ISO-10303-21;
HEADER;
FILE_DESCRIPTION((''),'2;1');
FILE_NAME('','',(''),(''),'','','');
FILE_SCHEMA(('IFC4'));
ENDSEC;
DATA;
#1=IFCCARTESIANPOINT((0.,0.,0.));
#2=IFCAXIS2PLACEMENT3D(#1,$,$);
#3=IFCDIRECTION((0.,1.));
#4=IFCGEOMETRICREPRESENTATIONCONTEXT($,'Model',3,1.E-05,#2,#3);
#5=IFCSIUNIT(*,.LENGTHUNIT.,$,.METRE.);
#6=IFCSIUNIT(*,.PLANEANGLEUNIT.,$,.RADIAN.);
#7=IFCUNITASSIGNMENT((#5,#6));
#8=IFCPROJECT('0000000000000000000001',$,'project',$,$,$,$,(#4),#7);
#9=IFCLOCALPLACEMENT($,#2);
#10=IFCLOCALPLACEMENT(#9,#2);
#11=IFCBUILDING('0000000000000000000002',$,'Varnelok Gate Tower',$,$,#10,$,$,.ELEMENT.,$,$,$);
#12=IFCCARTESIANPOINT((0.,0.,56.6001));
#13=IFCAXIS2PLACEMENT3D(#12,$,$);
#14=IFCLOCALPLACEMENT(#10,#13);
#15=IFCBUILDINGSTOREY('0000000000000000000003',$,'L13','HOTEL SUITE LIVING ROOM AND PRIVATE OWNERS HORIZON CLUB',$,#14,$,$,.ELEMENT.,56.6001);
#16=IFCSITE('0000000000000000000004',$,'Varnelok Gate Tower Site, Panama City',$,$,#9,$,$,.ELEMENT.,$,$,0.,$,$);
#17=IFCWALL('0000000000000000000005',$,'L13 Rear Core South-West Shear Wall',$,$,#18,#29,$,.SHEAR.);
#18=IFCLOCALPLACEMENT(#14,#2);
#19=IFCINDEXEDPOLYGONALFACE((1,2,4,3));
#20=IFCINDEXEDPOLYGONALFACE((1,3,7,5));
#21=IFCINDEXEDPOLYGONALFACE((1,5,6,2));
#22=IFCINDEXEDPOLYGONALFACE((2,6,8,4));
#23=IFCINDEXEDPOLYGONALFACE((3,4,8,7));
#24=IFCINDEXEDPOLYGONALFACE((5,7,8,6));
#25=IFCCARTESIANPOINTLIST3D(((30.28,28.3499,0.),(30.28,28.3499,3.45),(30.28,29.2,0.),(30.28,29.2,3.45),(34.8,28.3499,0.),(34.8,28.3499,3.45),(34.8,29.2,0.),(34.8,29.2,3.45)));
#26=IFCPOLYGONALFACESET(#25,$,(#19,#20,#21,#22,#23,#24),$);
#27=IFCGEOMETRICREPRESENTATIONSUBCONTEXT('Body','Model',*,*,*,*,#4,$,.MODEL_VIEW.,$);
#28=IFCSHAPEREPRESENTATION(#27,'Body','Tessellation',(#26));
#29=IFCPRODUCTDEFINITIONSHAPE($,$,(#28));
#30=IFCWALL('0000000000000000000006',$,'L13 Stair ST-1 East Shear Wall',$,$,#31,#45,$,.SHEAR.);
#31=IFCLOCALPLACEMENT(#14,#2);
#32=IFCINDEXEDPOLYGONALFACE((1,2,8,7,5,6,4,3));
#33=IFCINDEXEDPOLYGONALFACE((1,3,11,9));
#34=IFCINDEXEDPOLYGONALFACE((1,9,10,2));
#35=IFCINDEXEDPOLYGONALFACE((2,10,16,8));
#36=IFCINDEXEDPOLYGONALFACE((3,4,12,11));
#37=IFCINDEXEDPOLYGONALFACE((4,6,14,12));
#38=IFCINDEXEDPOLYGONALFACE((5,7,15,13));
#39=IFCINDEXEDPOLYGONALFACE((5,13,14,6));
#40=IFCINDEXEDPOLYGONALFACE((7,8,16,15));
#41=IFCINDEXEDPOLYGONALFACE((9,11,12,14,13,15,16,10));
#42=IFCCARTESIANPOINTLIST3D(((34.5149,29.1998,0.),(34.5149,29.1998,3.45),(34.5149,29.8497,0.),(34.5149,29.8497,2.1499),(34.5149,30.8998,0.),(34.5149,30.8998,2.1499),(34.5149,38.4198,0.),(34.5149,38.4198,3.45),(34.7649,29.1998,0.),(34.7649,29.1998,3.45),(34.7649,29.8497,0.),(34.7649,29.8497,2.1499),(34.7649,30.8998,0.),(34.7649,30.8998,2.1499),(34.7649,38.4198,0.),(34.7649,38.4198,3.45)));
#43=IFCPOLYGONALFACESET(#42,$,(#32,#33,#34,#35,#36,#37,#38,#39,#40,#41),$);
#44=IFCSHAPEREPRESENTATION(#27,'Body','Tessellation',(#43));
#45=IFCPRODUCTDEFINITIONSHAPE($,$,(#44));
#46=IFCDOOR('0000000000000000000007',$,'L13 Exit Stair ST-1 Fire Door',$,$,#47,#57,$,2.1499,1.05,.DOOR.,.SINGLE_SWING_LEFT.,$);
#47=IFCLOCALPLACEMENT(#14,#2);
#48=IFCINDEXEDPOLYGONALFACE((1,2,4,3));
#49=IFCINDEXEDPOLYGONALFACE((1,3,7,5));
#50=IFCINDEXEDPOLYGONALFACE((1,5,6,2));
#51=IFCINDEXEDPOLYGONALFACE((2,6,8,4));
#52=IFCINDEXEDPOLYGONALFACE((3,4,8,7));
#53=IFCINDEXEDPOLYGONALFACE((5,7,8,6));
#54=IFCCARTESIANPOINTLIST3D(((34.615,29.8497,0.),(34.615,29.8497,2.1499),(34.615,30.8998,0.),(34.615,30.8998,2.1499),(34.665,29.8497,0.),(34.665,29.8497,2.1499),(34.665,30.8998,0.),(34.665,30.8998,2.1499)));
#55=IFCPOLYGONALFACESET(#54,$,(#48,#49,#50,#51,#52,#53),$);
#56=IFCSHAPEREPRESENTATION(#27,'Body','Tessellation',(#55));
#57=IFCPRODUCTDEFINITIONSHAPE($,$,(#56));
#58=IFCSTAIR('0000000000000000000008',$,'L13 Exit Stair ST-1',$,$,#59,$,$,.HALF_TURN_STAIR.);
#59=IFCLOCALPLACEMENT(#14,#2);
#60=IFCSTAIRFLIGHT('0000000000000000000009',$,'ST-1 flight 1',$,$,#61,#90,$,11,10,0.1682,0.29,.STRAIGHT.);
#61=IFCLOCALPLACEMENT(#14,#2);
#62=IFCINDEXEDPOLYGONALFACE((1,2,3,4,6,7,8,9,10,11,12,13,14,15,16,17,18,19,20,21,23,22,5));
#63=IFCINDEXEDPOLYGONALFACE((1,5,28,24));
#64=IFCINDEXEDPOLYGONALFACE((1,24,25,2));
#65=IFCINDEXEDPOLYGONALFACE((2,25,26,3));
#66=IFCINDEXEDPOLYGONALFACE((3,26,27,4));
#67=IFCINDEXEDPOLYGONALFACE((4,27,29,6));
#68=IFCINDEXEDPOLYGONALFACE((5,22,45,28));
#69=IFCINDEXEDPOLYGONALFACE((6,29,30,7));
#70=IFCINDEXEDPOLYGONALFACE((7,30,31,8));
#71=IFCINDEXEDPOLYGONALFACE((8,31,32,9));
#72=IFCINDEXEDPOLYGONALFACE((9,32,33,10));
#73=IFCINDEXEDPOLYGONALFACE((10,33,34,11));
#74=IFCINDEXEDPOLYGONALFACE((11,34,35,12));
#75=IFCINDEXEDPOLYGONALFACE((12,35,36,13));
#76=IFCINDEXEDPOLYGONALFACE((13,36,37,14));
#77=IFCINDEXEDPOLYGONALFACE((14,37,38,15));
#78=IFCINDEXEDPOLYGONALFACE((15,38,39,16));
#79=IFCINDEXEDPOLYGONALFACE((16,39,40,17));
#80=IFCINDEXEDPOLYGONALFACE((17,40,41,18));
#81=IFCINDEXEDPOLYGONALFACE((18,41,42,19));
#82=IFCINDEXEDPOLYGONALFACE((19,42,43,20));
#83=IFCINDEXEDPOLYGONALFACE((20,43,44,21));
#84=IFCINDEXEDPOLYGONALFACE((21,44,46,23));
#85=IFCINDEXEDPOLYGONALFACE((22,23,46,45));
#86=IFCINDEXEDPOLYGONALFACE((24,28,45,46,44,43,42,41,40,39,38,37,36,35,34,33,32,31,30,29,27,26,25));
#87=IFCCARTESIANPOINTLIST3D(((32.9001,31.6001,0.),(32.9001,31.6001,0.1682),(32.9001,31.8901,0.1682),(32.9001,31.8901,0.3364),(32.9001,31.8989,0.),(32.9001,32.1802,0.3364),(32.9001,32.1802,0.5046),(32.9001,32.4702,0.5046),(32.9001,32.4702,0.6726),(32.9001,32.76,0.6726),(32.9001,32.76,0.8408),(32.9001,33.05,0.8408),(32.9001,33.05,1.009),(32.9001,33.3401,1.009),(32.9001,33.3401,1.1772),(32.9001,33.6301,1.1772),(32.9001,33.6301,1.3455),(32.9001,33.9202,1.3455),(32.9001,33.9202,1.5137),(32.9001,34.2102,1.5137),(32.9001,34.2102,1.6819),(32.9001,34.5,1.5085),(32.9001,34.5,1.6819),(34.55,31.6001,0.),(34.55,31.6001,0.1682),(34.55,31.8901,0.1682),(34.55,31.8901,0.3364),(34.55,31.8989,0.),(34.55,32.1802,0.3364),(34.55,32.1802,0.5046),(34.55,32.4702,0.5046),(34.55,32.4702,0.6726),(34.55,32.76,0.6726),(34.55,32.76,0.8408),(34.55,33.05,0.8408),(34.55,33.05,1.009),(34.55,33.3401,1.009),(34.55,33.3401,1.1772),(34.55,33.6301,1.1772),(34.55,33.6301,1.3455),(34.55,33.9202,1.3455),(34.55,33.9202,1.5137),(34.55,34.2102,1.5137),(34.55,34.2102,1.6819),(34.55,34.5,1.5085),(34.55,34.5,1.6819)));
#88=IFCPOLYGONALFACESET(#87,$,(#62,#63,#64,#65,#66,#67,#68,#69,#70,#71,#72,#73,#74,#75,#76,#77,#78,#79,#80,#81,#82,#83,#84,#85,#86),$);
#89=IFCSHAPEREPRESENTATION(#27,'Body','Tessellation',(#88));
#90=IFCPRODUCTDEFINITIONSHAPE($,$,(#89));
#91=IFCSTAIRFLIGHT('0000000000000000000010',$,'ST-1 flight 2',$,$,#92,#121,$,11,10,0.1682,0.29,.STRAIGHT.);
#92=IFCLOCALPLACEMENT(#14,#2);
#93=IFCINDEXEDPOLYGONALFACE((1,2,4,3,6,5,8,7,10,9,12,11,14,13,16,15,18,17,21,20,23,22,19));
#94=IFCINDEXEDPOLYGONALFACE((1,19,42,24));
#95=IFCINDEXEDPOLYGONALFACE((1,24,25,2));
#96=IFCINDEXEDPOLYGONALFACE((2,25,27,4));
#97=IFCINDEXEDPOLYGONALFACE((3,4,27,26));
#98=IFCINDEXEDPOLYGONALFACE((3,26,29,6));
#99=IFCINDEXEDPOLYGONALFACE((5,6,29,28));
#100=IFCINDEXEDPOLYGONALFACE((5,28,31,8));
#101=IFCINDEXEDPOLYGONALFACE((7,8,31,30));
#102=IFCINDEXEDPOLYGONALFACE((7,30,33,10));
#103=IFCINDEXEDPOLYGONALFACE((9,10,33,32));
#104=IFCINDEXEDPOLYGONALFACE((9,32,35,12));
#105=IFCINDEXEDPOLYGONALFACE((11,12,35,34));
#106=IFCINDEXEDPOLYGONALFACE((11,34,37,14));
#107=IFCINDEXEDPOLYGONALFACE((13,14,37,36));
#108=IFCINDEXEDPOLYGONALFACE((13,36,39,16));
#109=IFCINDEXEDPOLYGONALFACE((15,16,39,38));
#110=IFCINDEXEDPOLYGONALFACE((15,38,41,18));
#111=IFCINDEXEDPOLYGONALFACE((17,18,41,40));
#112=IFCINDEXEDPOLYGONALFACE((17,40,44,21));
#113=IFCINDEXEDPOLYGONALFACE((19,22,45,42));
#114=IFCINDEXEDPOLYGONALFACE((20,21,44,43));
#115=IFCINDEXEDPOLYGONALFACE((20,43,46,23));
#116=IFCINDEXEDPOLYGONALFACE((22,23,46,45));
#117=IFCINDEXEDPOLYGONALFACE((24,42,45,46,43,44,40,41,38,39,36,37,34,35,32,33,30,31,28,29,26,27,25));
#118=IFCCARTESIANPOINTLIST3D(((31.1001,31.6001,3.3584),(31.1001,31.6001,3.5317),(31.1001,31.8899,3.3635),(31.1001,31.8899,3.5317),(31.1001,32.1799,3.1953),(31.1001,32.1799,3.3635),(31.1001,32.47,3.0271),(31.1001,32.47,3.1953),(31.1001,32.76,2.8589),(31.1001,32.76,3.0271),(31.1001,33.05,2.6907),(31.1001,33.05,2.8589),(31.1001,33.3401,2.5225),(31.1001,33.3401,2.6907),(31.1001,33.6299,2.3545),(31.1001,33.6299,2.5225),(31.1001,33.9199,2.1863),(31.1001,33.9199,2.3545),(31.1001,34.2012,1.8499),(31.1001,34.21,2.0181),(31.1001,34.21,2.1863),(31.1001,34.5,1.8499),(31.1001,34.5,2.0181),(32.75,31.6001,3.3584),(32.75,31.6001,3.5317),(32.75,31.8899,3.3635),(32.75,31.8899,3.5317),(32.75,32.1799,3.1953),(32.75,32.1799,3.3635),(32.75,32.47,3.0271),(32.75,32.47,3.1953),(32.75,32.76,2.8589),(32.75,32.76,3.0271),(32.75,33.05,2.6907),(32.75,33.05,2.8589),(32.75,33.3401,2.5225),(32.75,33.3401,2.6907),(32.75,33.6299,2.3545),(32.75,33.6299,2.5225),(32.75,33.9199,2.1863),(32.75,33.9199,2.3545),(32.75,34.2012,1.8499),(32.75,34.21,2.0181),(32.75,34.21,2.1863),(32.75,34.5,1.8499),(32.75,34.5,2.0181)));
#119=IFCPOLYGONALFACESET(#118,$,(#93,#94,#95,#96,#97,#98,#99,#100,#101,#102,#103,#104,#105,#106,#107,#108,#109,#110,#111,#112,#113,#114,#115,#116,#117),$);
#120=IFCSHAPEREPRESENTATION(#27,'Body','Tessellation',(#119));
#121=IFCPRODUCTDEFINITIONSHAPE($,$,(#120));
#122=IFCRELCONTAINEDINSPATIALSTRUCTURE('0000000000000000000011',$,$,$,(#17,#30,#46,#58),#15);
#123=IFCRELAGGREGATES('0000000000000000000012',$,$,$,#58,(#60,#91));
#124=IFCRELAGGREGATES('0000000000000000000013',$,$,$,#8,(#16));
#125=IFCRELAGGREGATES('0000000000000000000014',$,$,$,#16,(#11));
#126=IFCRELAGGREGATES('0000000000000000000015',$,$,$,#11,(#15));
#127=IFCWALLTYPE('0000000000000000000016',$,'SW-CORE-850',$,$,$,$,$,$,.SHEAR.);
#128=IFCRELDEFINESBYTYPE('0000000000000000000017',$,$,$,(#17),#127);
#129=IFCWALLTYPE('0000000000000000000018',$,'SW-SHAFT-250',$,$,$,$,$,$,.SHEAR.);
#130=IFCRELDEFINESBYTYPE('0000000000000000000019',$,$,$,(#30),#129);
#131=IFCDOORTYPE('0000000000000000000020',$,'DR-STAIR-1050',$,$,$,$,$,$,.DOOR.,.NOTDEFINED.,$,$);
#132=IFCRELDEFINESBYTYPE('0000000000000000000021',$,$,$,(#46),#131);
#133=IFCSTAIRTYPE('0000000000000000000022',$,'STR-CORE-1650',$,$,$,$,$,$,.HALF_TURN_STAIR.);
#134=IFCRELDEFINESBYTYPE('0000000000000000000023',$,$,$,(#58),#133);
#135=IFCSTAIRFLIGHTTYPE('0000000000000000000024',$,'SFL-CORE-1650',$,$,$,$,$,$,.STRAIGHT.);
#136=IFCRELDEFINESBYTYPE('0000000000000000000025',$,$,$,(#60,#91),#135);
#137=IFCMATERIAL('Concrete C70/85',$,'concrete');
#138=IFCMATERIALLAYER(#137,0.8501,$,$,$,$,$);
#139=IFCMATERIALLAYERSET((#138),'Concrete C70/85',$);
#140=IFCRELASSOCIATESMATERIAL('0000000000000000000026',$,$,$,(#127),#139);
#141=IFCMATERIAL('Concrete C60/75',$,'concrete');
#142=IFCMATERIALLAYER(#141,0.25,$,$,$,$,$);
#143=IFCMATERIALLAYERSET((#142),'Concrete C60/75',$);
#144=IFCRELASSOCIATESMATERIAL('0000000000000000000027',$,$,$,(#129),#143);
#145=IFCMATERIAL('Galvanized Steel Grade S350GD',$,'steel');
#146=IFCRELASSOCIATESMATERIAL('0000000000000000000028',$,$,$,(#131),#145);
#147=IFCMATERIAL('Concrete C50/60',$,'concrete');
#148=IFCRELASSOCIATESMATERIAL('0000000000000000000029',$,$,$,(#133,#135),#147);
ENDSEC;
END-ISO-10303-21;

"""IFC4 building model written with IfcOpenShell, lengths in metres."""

from ifc_helpers import new_model, si_unit, direction, frame, frame_2d, origin, place, context, subcontext, project, spatial, polyline, rectangle, outline, extrude, material, layer, layer_set, type_object, element, fill, aggregate, save


model = new_model("IFC4")

# Units and contexts
model_context = context("Model", 3, precision=1e-05, world=origin(), true_north=direction((0.0, 1.0)))
body_context = subcontext(model_context, "Body", "Model", "MODEL_VIEW")
ifc_project = project(units=[si_unit("LENGTHUNIT", "METRE"), si_unit("PLANEANGLEUNIT", "RADIAN")], contexts=[model_context])

# Site, building, storey
site_placement = place(None, origin())
site = spatial("IfcSite", under=ifc_project, at=site_placement, Name="Varnelok Gate Tower Site, Panama City", CompositionType="ELEMENT", RefElevation=0.0)
building_placement = place(site_placement, origin())
building = spatial("IfcBuilding", under=site, at=building_placement, Name="Varnelok Gate Tower", CompositionType="ELEMENT")
storey_placement = place(building_placement, frame((0.0, 0.0, 56.6001)))
storey = spatial("IfcBuildingStorey", under=building, at=storey_placement, Name="L13", Description="HOTEL SUITE LIVING ROOM AND PRIVATE OWNERS HORIZON CLUB", CompositionType="ELEMENT", Elevation=56.6001)

# Shared definitions
ifc_material_1 = material(Name="Galvanized Steel Grade S350GD", Category="steel")

# Wall
ifc_material_2 = material(Name="Concrete C70/85", Category="concrete")
ifc_layer_1 = layer(ifc_material_2, 0.8501)
ifc_layer_set_1 = layer_set([ifc_layer_1], Name="Concrete C70/85")
wall_type_1 = type_object("IfcWallType", Name="SW-CORE-850", PredefinedType="SHEAR", material=ifc_layer_set_1)
wall_1_placement = place(storey_placement, frame((30.28, 28.7749, 0.0), z_axis=(0.0, 0.0, 1.0), x_axis=(1.0, 0.0, 0.0)))
element("IfcWall", 1, at=wall_1_placement, inside=storey, type_object=wall_type_1, Name="L13 Rear Core South-West Shear Wall", PredefinedType="SHEAR", context=body_context, shape_type="SweptSolid", body=[
    extrude(rectangle(XDim=4.52, YDim=0.8501, at=frame_2d((2.26, 0.0))), origin(), (0.0, 0.0, 1.0), 3.45),
])

# Wall, opening, door
ifc_material_3 = material(Name="Concrete C60/75", Category="concrete")
ifc_layer_2 = layer(ifc_material_3, 0.25)
ifc_layer_set_2 = layer_set([ifc_layer_2], Name="Concrete C60/75")
wall_type_2 = type_object("IfcWallType", Name="SW-SHAFT-250", PredefinedType="SHEAR", material=ifc_layer_set_2)
wall_2_placement = place(storey_placement, frame((34.6399, 29.2, 0.0), z_axis=(0.0, 0.0, 1.0), x_axis=(0.0, 1.0, 0.0)))
wall_2 = element("IfcWall", 2, at=wall_2_placement, inside=storey, type_object=wall_type_2, Name="L13 Stair ST-1 East Shear Wall", PredefinedType="SHEAR", context=body_context, shape_type="SweptSolid", body=[
    extrude(rectangle(XDim=9.22, YDim=0.25, at=frame_2d((4.6099, 0.0))), origin(), (0.0, 0.0, 1.0), 3.45),
])
opening_1_placement = place(wall_2_placement, frame((0.6499, 0.0, 0.0)))
opening_1 = element("IfcOpeningElement", 3, at=opening_1_placement, cuts=wall_2, PredefinedType="OPENING", context=body_context, shape_type="SweptSolid", body=[
    extrude(rectangle(XDim=1.05, YDim=2.1499, at=frame_2d((0.5249, 1.075))), frame((0.0, 0.135, 0.0), z_axis=(0.0, -1.0, 0.0), x_axis=(1.0, 0.0, 0.0)), (0.0, 0.0, 1.0), 0.27),
])
door_type_1 = type_object("IfcDoorType", Name="DR-STAIR-1050", OperationType="NOTDEFINED", PredefinedType="DOOR", material=ifc_material_1)
door_1_placement = place(opening_1_placement, origin())
door_1 = element("IfcDoor", 4, at=door_1_placement, inside=storey, type_object=door_type_1, Name="L13 Exit Stair ST-1 Fire Door", OperationType="SINGLE_SWING_LEFT", OverallHeight=2.1499, OverallWidth=1.05, PredefinedType="DOOR", context=body_context, shape_type="SweptSolid", body=[
    extrude(rectangle(XDim=1.05, YDim=2.1499, at=frame_2d((0.5249, 1.075))), frame((0.0, 0.0249, 0.0), z_axis=(0.0, -1.0, 0.0), x_axis=(1.0, 0.0, 0.0)), (0.0, 0.0, 1.0), 0.05),
])
fill(opening_1, door_1)

# Stair, stair flights
ifc_material_4 = material(Name="Concrete C50/60", Category="concrete")
stair_type = type_object("IfcStairType", Name="STR-CORE-1650", PredefinedType="HALF_TURN_STAIR", material=ifc_material_4)
stair_placement = place(storey_placement, origin())
stair = element("IfcStair", 5, at=stair_placement, inside=storey, type_object=stair_type, Name="L13 Exit Stair ST-1", PredefinedType="HALF_TURN_STAIR")
stair_flight_type = type_object("IfcStairFlightType", Name="SFL-CORE-1650", PredefinedType="STRAIGHT", material=ifc_material_4)
stair_flight_1_placement = place(storey_placement, frame((33.7251, 31.6001, 0.0), z_axis=(0.0, 0.0, 1.0), x_axis=(0.0, 1.0, 0.0)))
stair_flight_1 = element("IfcStairFlight", 6, at=stair_flight_1_placement, type_object=stair_flight_type, Name="ST-1 flight 1", NumberOfRisers=11, NumberOfTreads=10, PredefinedType="STRAIGHT", RiserHeight=0.1682, TreadLength=0.29, context=body_context, shape_type="SweptSolid", body=[
    extrude(outline(polyline([(0.0, 0.0), (0.0, 0.1682), (0.29, 0.1682), (0.29, 0.3364), (0.5801, 0.3364), (0.5801, 0.5046), (0.8701, 0.5046), (0.8701, 0.6726), (1.1599, 0.6726), (1.1599, 0.8408), (1.45, 0.8408), (1.45, 1.009), (1.74, 1.009), (1.74, 1.1772), (2.03, 1.1772), (2.03, 1.3455), (2.3201, 1.3455), (2.3201, 1.5137), (2.6101, 1.5137), (2.6101, 1.6819), (2.8999, 1.6819), (2.8999, 1.8501), (2.8999, 1.5085), (0.2988, 0.0), (0.0, 0.0)])), frame((0.0, 0.825, 0.0), z_axis=(0.0, -1.0, 0.0), x_axis=(1.0, 0.0, 0.0)), (0.0, 0.0, 1.0), 1.6499),
])
stair_flight_2_placement = place(storey_placement, frame((31.925, 34.5, 1.8499), z_axis=(0.0, 0.0, 1.0), x_axis=(0.0, -1.0, 0.0)))
stair_flight_2 = element("IfcStairFlight", 7, at=stair_flight_2_placement, type_object=stair_flight_type, Name="ST-1 flight 2", NumberOfRisers=11, NumberOfTreads=10, PredefinedType="STRAIGHT", RiserHeight=0.1682, TreadLength=0.29, context=body_context, shape_type="SweptSolid", body=[
    extrude(outline(polyline([(0.0, 0.0), (0.0, 0.1682), (0.29, 0.1682), (0.29, 0.3364), (0.5801, 0.3364), (0.5801, 0.5046), (0.8701, 0.5046), (0.8701, 0.6726), (1.1599, 0.6726), (1.1599, 0.8408), (1.45, 0.8408), (1.45, 1.009), (1.74, 1.009), (1.74, 1.1772), (2.03, 1.1772), (2.03, 1.3455), (2.3201, 1.3455), (2.3201, 1.5137), (2.6101, 1.5137), (2.6101, 1.6819), (2.8999, 1.6819), (2.8999, 1.8501), (2.8999, 1.5085), (0.2988, 0.0), (0.0, 0.0)])), frame((0.0, 0.825, 0.0), z_axis=(0.0, -1.0, 0.0), x_axis=(1.0, 0.0, 0.0)), (0.0, 0.0, 1.0), 1.6499),
])
aggregate(stair, [stair_flight_1, stair_flight_2])

save(model, "model.ifc")
